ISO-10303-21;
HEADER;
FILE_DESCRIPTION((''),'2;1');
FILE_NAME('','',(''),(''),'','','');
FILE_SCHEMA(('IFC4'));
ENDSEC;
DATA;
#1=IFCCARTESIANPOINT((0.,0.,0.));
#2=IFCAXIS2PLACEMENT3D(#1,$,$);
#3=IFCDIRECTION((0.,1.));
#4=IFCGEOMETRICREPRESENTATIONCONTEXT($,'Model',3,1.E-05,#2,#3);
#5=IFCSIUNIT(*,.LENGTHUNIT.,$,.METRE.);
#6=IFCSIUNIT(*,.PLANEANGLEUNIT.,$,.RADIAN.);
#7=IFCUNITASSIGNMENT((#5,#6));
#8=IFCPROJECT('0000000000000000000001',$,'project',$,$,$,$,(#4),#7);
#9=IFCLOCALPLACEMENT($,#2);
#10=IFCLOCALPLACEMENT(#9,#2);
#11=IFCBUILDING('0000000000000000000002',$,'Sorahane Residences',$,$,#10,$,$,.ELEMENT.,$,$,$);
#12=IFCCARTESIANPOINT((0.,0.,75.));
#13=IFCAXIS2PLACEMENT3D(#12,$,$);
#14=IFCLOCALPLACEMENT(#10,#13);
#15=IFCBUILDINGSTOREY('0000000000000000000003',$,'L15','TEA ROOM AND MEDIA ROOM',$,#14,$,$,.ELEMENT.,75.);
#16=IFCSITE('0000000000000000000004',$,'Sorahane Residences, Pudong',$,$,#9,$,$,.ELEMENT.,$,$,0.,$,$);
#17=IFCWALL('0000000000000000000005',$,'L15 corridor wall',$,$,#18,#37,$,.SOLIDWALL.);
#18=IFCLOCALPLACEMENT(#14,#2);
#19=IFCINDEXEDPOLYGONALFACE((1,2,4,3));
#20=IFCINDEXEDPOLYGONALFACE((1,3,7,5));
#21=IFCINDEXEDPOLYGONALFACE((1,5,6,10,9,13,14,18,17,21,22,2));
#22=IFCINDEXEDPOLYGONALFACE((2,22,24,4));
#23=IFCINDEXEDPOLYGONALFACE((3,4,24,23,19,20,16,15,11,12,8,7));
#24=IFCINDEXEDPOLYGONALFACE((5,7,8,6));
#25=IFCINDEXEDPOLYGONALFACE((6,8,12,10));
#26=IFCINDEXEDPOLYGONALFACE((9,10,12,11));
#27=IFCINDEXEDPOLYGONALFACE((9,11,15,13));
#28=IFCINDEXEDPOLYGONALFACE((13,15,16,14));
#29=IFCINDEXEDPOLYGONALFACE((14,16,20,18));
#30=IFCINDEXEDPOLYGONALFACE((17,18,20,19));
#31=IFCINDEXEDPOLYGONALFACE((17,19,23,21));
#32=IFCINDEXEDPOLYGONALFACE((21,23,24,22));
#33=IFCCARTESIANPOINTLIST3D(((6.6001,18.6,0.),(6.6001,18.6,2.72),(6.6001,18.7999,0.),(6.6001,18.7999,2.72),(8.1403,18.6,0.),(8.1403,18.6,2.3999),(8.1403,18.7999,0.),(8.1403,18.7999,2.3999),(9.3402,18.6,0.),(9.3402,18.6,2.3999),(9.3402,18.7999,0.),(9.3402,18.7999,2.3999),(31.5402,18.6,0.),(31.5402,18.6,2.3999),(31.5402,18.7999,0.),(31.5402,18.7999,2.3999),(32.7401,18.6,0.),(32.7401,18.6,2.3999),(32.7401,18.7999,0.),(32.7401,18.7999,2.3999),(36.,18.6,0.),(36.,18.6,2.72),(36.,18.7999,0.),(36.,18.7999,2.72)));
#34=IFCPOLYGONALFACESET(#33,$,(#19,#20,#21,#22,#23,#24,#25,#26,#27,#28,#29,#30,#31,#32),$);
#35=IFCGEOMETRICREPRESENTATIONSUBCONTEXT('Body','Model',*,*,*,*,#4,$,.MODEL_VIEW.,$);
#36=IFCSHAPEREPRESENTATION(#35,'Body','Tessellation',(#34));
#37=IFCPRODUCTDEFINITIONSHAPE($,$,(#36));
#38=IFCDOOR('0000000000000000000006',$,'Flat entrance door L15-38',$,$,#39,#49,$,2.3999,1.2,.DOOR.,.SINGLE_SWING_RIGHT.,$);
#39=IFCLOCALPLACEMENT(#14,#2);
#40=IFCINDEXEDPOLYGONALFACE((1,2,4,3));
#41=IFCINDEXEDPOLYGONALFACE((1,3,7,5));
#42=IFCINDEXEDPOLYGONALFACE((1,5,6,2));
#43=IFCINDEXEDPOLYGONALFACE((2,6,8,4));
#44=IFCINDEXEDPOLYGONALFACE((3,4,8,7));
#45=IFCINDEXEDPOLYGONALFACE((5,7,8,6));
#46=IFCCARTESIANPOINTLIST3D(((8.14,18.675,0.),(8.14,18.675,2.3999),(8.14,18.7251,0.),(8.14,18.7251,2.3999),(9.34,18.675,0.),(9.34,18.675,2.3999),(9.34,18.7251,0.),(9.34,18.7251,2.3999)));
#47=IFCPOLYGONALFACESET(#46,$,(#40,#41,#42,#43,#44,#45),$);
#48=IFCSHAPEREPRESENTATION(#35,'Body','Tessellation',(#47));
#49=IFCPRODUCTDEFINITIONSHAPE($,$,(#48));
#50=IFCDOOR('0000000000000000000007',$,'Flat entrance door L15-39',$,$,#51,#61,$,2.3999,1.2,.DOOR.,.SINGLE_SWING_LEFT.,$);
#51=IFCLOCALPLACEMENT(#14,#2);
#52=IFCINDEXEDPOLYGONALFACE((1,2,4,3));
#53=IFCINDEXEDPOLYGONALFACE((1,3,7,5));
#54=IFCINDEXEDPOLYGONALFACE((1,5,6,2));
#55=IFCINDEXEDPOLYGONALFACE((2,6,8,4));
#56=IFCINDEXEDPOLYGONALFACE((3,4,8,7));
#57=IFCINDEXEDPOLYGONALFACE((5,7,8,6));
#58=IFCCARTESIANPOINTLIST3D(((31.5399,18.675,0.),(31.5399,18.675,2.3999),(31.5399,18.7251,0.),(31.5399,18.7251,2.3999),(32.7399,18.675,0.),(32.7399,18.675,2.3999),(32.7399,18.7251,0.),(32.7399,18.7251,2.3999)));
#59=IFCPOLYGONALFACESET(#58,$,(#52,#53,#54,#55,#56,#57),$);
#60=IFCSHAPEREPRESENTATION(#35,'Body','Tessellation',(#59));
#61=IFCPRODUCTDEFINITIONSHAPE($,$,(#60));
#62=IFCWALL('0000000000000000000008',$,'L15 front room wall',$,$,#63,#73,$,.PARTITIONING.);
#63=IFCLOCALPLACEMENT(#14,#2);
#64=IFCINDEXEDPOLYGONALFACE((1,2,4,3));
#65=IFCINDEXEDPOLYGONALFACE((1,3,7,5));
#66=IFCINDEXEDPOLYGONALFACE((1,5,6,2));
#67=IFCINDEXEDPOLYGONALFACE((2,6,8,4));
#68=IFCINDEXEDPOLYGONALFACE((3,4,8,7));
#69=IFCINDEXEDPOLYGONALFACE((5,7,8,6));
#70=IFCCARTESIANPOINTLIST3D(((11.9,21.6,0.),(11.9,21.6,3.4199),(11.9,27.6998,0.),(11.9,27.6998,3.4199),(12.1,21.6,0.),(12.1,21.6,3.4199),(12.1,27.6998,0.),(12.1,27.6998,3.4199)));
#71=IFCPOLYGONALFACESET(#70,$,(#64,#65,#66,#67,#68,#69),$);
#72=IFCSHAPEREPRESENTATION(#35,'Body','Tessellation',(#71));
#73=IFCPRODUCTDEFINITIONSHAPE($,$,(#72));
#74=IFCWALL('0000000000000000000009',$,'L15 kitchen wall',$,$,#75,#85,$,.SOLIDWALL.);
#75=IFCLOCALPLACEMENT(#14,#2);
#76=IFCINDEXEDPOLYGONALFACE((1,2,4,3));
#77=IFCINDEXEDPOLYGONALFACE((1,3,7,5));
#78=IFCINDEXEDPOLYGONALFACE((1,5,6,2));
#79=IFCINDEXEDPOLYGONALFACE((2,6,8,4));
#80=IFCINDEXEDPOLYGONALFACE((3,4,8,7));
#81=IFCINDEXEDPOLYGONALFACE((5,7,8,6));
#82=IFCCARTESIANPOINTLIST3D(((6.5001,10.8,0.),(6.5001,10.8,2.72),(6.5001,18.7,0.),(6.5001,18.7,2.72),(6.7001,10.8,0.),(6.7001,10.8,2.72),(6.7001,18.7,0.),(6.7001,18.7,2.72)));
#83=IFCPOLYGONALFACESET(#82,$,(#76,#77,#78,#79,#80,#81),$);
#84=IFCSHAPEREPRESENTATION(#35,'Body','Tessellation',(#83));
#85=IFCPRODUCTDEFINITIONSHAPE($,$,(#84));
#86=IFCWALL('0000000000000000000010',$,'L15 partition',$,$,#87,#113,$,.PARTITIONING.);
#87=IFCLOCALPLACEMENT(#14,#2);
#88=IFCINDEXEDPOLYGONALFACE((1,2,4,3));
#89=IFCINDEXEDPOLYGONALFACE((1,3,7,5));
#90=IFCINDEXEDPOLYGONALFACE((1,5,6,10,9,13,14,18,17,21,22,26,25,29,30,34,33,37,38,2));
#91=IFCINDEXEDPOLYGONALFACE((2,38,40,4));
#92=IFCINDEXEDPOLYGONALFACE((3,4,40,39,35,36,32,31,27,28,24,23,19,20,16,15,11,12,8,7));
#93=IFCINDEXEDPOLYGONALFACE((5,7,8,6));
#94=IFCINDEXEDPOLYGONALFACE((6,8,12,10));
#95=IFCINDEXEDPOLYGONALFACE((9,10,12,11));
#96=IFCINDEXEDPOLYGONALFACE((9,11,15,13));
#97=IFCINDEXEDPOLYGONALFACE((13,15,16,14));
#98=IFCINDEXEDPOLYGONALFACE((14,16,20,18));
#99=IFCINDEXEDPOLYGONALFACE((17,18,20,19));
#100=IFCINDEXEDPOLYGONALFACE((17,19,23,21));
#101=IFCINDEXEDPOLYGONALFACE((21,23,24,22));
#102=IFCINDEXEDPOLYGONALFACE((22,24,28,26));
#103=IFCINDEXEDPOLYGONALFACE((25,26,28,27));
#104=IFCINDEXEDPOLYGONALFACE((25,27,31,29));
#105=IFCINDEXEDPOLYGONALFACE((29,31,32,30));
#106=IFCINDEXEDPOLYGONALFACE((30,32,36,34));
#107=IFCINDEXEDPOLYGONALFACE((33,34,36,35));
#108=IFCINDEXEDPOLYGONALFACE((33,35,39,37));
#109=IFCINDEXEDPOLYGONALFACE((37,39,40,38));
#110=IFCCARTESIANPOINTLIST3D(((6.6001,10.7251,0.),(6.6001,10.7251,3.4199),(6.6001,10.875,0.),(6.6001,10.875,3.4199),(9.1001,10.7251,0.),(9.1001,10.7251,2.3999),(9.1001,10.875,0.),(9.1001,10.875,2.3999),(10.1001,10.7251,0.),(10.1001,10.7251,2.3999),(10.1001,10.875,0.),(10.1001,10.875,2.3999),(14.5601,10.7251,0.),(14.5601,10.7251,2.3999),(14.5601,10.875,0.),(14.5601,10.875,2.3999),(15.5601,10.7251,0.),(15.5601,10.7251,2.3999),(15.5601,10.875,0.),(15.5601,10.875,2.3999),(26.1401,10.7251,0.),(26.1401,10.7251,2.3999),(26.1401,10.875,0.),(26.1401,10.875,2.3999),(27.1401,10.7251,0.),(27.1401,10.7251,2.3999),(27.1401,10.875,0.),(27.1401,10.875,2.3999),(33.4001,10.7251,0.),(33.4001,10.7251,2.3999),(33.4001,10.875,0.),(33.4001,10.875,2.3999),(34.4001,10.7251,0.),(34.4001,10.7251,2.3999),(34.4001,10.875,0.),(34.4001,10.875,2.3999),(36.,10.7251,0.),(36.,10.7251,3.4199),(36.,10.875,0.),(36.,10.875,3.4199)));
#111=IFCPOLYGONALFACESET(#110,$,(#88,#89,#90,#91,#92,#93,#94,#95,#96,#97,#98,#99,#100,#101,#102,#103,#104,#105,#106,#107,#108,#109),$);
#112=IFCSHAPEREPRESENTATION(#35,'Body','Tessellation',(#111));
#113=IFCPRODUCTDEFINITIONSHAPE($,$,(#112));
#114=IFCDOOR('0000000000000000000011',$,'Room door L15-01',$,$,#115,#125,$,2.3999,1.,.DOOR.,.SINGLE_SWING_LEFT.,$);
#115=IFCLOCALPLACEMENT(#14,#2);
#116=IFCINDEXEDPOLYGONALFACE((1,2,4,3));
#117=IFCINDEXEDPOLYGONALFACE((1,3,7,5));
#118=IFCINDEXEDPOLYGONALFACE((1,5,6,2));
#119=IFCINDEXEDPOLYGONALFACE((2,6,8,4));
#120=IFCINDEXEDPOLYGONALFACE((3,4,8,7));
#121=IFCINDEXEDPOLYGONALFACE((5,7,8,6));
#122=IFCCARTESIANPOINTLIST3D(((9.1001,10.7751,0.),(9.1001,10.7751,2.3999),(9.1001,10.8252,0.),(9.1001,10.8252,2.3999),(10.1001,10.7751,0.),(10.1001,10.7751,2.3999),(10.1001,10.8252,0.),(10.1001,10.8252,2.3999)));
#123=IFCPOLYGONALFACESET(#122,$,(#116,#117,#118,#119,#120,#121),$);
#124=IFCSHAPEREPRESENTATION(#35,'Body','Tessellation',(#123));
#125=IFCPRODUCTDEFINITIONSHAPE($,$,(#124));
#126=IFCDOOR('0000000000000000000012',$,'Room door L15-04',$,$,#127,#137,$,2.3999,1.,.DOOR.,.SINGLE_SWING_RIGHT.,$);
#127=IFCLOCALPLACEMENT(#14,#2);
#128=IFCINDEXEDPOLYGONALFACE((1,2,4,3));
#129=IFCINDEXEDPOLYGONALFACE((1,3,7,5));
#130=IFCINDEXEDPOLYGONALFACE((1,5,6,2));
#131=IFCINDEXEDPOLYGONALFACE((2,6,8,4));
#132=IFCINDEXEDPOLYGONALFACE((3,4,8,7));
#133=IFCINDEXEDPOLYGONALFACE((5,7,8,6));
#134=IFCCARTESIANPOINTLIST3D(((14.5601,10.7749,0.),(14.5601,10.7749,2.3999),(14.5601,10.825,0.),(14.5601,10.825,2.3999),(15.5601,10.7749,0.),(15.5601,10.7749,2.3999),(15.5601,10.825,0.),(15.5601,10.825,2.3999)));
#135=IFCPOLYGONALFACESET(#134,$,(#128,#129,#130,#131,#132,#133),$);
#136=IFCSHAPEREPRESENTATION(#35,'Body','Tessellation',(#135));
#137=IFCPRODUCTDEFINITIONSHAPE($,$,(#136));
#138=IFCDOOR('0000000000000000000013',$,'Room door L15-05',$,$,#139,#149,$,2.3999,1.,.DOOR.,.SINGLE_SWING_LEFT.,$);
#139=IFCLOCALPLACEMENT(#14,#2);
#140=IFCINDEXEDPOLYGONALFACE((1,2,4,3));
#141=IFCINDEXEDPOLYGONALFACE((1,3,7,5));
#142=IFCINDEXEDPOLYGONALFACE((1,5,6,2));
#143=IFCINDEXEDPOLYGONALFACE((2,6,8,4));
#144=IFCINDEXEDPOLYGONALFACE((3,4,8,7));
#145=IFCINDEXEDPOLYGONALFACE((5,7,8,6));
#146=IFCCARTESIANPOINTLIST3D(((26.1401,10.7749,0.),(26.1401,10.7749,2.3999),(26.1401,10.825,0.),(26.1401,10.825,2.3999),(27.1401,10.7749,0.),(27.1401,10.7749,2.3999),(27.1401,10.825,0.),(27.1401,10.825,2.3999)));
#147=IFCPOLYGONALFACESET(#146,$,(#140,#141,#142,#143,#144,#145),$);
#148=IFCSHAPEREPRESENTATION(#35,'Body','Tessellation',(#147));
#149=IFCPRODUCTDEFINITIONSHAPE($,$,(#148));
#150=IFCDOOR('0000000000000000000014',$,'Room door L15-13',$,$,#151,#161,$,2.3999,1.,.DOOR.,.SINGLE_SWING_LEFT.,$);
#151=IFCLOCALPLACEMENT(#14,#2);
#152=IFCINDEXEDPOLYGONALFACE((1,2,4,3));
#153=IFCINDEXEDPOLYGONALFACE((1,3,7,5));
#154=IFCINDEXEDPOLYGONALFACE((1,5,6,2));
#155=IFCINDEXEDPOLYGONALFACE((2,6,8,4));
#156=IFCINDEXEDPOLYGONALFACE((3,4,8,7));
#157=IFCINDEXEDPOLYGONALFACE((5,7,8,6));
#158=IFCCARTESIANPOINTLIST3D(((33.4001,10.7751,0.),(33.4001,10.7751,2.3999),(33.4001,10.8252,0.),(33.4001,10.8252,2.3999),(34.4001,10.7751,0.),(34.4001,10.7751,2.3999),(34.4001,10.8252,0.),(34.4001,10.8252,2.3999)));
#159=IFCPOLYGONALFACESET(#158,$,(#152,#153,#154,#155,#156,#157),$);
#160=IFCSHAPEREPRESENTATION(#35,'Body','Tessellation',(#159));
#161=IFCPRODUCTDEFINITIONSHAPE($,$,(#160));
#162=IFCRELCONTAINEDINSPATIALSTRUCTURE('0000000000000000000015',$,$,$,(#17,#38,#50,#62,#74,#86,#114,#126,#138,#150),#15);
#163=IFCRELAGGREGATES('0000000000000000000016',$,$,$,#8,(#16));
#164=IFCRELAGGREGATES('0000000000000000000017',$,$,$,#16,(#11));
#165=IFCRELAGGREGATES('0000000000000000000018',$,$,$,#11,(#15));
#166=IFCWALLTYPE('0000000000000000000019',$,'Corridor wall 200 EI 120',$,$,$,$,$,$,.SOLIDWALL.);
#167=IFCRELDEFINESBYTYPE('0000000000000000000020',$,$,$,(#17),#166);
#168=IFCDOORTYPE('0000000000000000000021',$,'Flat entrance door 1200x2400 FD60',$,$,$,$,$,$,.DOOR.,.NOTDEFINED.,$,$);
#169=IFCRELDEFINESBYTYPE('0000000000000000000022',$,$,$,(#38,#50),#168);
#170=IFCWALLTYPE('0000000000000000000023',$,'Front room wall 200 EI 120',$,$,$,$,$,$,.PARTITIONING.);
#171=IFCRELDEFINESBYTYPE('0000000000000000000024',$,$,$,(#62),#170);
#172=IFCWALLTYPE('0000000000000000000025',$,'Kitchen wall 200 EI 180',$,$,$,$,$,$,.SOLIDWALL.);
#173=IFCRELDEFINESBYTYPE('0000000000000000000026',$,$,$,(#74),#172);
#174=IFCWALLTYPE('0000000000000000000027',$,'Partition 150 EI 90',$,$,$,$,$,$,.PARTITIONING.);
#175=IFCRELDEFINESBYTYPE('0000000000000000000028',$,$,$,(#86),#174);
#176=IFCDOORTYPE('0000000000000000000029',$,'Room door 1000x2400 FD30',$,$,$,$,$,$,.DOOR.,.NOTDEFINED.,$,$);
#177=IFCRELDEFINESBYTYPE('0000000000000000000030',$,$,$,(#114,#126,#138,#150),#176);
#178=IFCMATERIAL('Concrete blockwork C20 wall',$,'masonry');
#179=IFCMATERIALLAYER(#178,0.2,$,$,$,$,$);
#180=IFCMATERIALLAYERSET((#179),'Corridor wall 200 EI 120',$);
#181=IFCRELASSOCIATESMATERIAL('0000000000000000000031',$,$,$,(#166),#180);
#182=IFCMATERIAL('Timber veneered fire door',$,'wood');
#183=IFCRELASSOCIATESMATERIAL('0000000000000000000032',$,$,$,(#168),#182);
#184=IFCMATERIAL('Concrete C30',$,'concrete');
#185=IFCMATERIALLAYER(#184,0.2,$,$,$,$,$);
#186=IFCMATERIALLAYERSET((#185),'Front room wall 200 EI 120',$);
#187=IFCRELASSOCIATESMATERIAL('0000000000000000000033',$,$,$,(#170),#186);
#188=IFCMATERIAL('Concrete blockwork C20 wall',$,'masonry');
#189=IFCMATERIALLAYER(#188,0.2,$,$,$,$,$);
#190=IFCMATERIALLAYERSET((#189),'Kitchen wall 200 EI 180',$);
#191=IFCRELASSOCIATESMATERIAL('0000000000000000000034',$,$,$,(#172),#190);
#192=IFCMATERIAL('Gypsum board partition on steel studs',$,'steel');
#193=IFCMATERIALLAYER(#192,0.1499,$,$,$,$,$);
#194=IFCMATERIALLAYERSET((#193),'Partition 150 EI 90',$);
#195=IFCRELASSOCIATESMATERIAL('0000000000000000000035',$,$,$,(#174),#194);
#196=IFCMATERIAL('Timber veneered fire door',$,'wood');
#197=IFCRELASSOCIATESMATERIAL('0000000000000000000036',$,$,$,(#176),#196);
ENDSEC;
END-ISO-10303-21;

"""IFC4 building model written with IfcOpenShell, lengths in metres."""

from ifc_helpers import new_model, si_unit, direction, frame, frame_2d, origin, place, context, subcontext, project, spatial, rectangle, extrude, material, layer, layer_set, type_object, element, fill, save


model = new_model("IFC4")

# Units and contexts
model_context = context("Model", 3, precision=1e-05, world=origin(), true_north=direction((0.0, 1.0)))
body_context = subcontext(model_context, "Body", "Model", "MODEL_VIEW")
ifc_project = project(units=[si_unit("LENGTHUNIT", "METRE"), si_unit("PLANEANGLEUNIT", "RADIAN")], contexts=[model_context])

# Site, building, storey
site_placement = place(None, origin())
site = spatial("IfcSite", under=ifc_project, at=site_placement, Name="Sorahane Residences, Pudong", CompositionType="ELEMENT", RefElevation=0.0)
building_placement = place(site_placement, origin())
building = spatial("IfcBuilding", under=site, at=building_placement, Name="Sorahane Residences", CompositionType="ELEMENT")
storey_placement = place(building_placement, frame((0.0, 0.0, 75.0)))
storey = spatial("IfcBuildingStorey", under=building, at=storey_placement, Name="L15", Description="TEA ROOM AND MEDIA ROOM", CompositionType="ELEMENT", Elevation=75.0)

# Wall, openings, doors
ifc_material_1 = material(Name="Concrete blockwork C20 wall", Category="masonry")
ifc_layer_1 = layer(ifc_material_1, 0.2)
ifc_layer_set_1 = layer_set([ifc_layer_1], Name="Corridor wall 200 EI 120")
wall_type_1 = type_object("IfcWallType", Name="Corridor wall 200 EI 120", PredefinedType="SOLIDWALL", material=ifc_layer_set_1)
wall_1_placement = place(storey_placement, frame((6.6001, 18.7, 0.0), z_axis=(0.0, 0.0, 1.0), x_axis=(1.0, 0.0, 0.0)))
wall_1 = element("IfcWall", 1, at=wall_1_placement, inside=storey, type_object=wall_type_1, Name="L15 corridor wall", PredefinedType="SOLIDWALL", context=body_context, shape_type="SweptSolid", body=[
    extrude(rectangle(XDim=29.3999, YDim=0.2, at=frame_2d((14.7, 0.0))), origin(), (0.0, 0.0, 1.0), 2.72),
])
opening_1_placement = place(wall_1_placement, frame((1.54, 0.0, 0.0)))
opening_1 = element("IfcOpeningElement", 2, at=opening_1_placement, cuts=wall_1, PredefinedType="OPENING", context=body_context, shape_type="SweptSolid", body=[
    extrude(rectangle(XDim=1.2, YDim=2.3999, at=frame_2d((0.6001, 1.2))), frame((0.0, 0.1099, 0.0), z_axis=(0.0, -1.0, 0.0), x_axis=(1.0, 0.0, 0.0)), (0.0, 0.0, 1.0), 0.22),
])
opening_2_placement = place(wall_1_placement, frame((24.9399, 0.0, 0.0)))
opening_2 = element("IfcOpeningElement", 3, at=opening_2_placement, cuts=wall_1, PredefinedType="OPENING", context=body_context, shape_type="SweptSolid", body=[
    extrude(rectangle(XDim=1.2, YDim=2.3999, at=frame_2d((0.6001, 1.2))), frame((0.0, 0.1099, 0.0), z_axis=(0.0, -1.0, 0.0), x_axis=(1.0, 0.0, 0.0)), (0.0, 0.0, 1.0), 0.22),
])
ifc_material_2 = material(Name="Timber veneered fire door", Category="wood")
door_type_1 = type_object("IfcDoorType", Name="Flat entrance door 1200x2400 FD60", OperationType="NOTDEFINED", PredefinedType="DOOR", material=ifc_material_2)
door_1_placement = place(opening_1_placement, frame((1.2, 0.0, 0.0), z_axis=(0.0, 0.0, 1.0), x_axis=(-1.0, 0.0, 0.0)))
door_1 = element("IfcDoor", 4, at=door_1_placement, inside=storey, type_object=door_type_1, Name="Flat entrance door L15-38", OperationType="SINGLE_SWING_RIGHT", OverallHeight=2.3999, OverallWidth=1.2, PredefinedType="DOOR", context=body_context, shape_type="SweptSolid", body=[
    extrude(rectangle(XDim=1.2, YDim=2.3999, at=frame_2d((0.6001, 1.2))), frame((0.0, 0.0249, 0.0), z_axis=(0.0, -1.0, 0.0), x_axis=(1.0, 0.0, 0.0)), (0.0, 0.0, 1.0), 0.05),
])
fill(opening_1, door_1)
door_2_placement = place(opening_2_placement, frame((1.2, 0.0, 0.0), z_axis=(0.0, 0.0, 1.0), x_axis=(-1.0, 0.0, 0.0)))
door_2 = element("IfcDoor", 5, at=door_2_placement, inside=storey, type_object=door_type_1, Name="Flat entrance door L15-39", OperationType="SINGLE_SWING_LEFT", OverallHeight=2.3999, OverallWidth=1.2, PredefinedType="DOOR", context=body_context, shape_type="SweptSolid", body=[
    extrude(rectangle(XDim=1.2, YDim=2.3999, at=frame_2d((0.6001, 1.2))), frame((0.0, 0.0249, 0.0), z_axis=(0.0, -1.0, 0.0), x_axis=(1.0, 0.0, 0.0)), (0.0, 0.0, 1.0), 0.05),
])
fill(opening_2, door_2)

# Walls
ifc_material_3 = material(Name="Concrete C30", Category="concrete")
ifc_layer_2 = layer(ifc_material_3, 0.2)
ifc_layer_set_2 = layer_set([ifc_layer_2], Name="Front room wall 200 EI 120")
wall_type_2 = type_object("IfcWallType", Name="Front room wall 200 EI 120", PredefinedType="PARTITIONING", material=ifc_layer_set_2)
wall_2_placement = place(storey_placement, frame((12.0, 21.6001, 0.0), z_axis=(0.0, 0.0, 1.0), x_axis=(0.0, 1.0, 0.0)))
element("IfcWall", 6, at=wall_2_placement, inside=storey, type_object=wall_type_2, Name="L15 front room wall", PredefinedType="PARTITIONING", context=body_context, shape_type="SweptSolid", body=[
    extrude(rectangle(XDim=6.0999, YDim=0.2, at=frame_2d((3.0498, 0.0))), origin(), (0.0, 0.0, 1.0), 3.4199),
])
ifc_material_4 = material(Name="Concrete blockwork C20 wall", Category="masonry")
ifc_layer_3 = layer(ifc_material_4, 0.2)
ifc_layer_set_3 = layer_set([ifc_layer_3], Name="Kitchen wall 200 EI 180")
wall_type_3 = type_object("IfcWallType", Name="Kitchen wall 200 EI 180", PredefinedType="SOLIDWALL", material=ifc_layer_set_3)
wall_3_placement = place(storey_placement, frame((6.6001, 10.8, 0.0), z_axis=(0.0, 0.0, 1.0), x_axis=(0.0, 1.0, 0.0)))
element("IfcWall", 7, at=wall_3_placement, inside=storey, type_object=wall_type_3, Name="L15 kitchen wall", PredefinedType="SOLIDWALL", context=body_context, shape_type="SweptSolid", body=[
    extrude(rectangle(XDim=7.8999, YDim=0.2, at=frame_2d((3.95, 0.0))), origin(), (0.0, 0.0, 1.0), 2.72),
])

# Wall, openings, doors
ifc_material_5 = material(Name="Gypsum board partition on steel studs", Category="steel")
ifc_layer_4 = layer(ifc_material_5, 0.1499)
ifc_layer_set_4 = layer_set([ifc_layer_4], Name="Partition 150 EI 90")
wall_type_4 = type_object("IfcWallType", Name="Partition 150 EI 90", PredefinedType="PARTITIONING", material=ifc_layer_set_4)
wall_4_placement = place(storey_placement, frame((6.6001, 10.8, 0.0), z_axis=(0.0, 0.0, 1.0), x_axis=(1.0, 0.0, 0.0)))
wall_4 = element("IfcWall", 8, at=wall_4_placement, inside=storey, type_object=wall_type_4, Name="L15 partition", PredefinedType="PARTITIONING", context=body_context, shape_type="SweptSolid", body=[
    extrude(rectangle(XDim=29.3999, YDim=0.1499, at=frame_2d((14.7, 0.0))), origin(), (0.0, 0.0, 1.0), 3.4199),
])
opening_3_placement = place(wall_4_placement, frame((2.5, 0.0, 0.0)))
opening_3 = element("IfcOpeningElement", 9, at=opening_3_placement, cuts=wall_4, PredefinedType="OPENING", context=body_context, shape_type="SweptSolid", body=[
    extrude(rectangle(XDim=1.0, YDim=2.3999, at=frame_2d((0.5, 1.2))), frame((0.0, 0.085, 0.0), z_axis=(0.0, -1.0, 0.0), x_axis=(1.0, 0.0, 0.0)), (0.0, 0.0, 1.0), 0.1699),
])
opening_4_placement = place(wall_4_placement, frame((7.96, 0.0, 0.0)))
opening_4 = element("IfcOpeningElement", 10, at=opening_4_placement, cuts=wall_4, PredefinedType="OPENING", context=body_context, shape_type="SweptSolid", body=[
    extrude(rectangle(XDim=1.0, YDim=2.3999, at=frame_2d((0.5, 1.2))), frame((0.0, 0.085, 0.0), z_axis=(0.0, -1.0, 0.0), x_axis=(1.0, 0.0, 0.0)), (0.0, 0.0, 1.0), 0.1699),
])
opening_5_placement = place(wall_4_placement, frame((19.54, 0.0, 0.0)))
opening_5 = element("IfcOpeningElement", 11, at=opening_5_placement, cuts=wall_4, PredefinedType="OPENING", context=body_context, shape_type="SweptSolid", body=[
    extrude(rectangle(XDim=1.0, YDim=2.3999, at=frame_2d((0.5, 1.2))), frame((0.0, 0.085, 0.0), z_axis=(0.0, -1.0, 0.0), x_axis=(1.0, 0.0, 0.0)), (0.0, 0.0, 1.0), 0.1699),
])
opening_6_placement = place(wall_4_placement, frame((26.8, 0.0, 0.0)))
opening_6 = element("IfcOpeningElement", 12, at=opening_6_placement, cuts=wall_4, PredefinedType="OPENING", context=body_context, shape_type="SweptSolid", body=[
    extrude(rectangle(XDim=1.0, YDim=2.3999, at=frame_2d((0.5, 1.2))), frame((0.0, 0.085, 0.0), z_axis=(0.0, -1.0, 0.0), x_axis=(1.0, 0.0, 0.0)), (0.0, 0.0, 1.0), 0.1699),
])
ifc_material_6 = material(Name="Timber veneered fire door", Category="wood")
door_type_2 = type_object("IfcDoorType", Name="Room door 1000x2400 FD30", OperationType="NOTDEFINED", PredefinedType="DOOR", material=ifc_material_6)
door_3_placement = place(opening_3_placement, frame((1.0, 0.0, 0.0), z_axis=(0.0, 0.0, 1.0), x_axis=(-1.0, 0.0, 0.0)))
door_3 = element("IfcDoor", 13, at=door_3_placement, inside=storey, type_object=door_type_2, Name="Room door L15-01", OperationType="SINGLE_SWING_LEFT", OverallHeight=2.3999, OverallWidth=1.0, PredefinedType="DOOR", context=body_context, shape_type="SweptSolid", body=[
    extrude(rectangle(XDim=1.0, YDim=2.3999, at=frame_2d((0.5, 1.2))), frame((0.0, 0.0249, 0.0), z_axis=(0.0, -1.0, 0.0), x_axis=(1.0, 0.0, 0.0)), (0.0, 0.0, 1.0), 0.05),
])
fill(opening_3, door_3)
door_4_placement = place(opening_4_placement, origin())
door_4 = element("IfcDoor", 14, at=door_4_placement, inside=storey, type_object=door_type_2, Name="Room door L15-04", OperationType="SINGLE_SWING_RIGHT", OverallHeight=2.3999, OverallWidth=1.0, PredefinedType="DOOR", context=body_context, shape_type="SweptSolid", body=[
    extrude(rectangle(XDim=1.0, YDim=2.3999, at=frame_2d((0.5, 1.2))), frame((0.0, 0.0249, 0.0), z_axis=(0.0, -1.0, 0.0), x_axis=(1.0, 0.0, 0.0)), (0.0, 0.0, 1.0), 0.05),
])
fill(opening_4, door_4)
door_5_placement = place(opening_5_placement, origin())
door_5 = element("IfcDoor", 15, at=door_5_placement, inside=storey, type_object=door_type_2, Name="Room door L15-05", OperationType="SINGLE_SWING_LEFT", OverallHeight=2.3999, OverallWidth=1.0, PredefinedType="DOOR", context=body_context, shape_type="SweptSolid", body=[
    extrude(rectangle(XDim=1.0, YDim=2.3999, at=frame_2d((0.5, 1.2))), frame((0.0, 0.0249, 0.0), z_axis=(0.0, -1.0, 0.0), x_axis=(1.0, 0.0, 0.0)), (0.0, 0.0, 1.0), 0.05),
])
fill(opening_5, door_5)
door_6_placement = place(opening_6_placement, frame((1.0, 0.0, 0.0), z_axis=(0.0, 0.0, 1.0), x_axis=(-1.0, 0.0, 0.0)))
door_6 = element("IfcDoor", 16, at=door_6_placement, inside=storey, type_object=door_type_2, Name="Room door L15-13", OperationType="SINGLE_SWING_LEFT", OverallHeight=2.3999, OverallWidth=1.0, PredefinedType="DOOR", context=body_context, shape_type="SweptSolid", body=[
    extrude(rectangle(XDim=1.0, YDim=2.3999, at=frame_2d((0.5, 1.2))), frame((0.0, 0.0249, 0.0), z_axis=(0.0, -1.0, 0.0), x_axis=(1.0, 0.0, 0.0)), (0.0, 0.0, 1.0), 0.05),
])
fill(opening_6, door_6)

save(model, "model.ifc")
